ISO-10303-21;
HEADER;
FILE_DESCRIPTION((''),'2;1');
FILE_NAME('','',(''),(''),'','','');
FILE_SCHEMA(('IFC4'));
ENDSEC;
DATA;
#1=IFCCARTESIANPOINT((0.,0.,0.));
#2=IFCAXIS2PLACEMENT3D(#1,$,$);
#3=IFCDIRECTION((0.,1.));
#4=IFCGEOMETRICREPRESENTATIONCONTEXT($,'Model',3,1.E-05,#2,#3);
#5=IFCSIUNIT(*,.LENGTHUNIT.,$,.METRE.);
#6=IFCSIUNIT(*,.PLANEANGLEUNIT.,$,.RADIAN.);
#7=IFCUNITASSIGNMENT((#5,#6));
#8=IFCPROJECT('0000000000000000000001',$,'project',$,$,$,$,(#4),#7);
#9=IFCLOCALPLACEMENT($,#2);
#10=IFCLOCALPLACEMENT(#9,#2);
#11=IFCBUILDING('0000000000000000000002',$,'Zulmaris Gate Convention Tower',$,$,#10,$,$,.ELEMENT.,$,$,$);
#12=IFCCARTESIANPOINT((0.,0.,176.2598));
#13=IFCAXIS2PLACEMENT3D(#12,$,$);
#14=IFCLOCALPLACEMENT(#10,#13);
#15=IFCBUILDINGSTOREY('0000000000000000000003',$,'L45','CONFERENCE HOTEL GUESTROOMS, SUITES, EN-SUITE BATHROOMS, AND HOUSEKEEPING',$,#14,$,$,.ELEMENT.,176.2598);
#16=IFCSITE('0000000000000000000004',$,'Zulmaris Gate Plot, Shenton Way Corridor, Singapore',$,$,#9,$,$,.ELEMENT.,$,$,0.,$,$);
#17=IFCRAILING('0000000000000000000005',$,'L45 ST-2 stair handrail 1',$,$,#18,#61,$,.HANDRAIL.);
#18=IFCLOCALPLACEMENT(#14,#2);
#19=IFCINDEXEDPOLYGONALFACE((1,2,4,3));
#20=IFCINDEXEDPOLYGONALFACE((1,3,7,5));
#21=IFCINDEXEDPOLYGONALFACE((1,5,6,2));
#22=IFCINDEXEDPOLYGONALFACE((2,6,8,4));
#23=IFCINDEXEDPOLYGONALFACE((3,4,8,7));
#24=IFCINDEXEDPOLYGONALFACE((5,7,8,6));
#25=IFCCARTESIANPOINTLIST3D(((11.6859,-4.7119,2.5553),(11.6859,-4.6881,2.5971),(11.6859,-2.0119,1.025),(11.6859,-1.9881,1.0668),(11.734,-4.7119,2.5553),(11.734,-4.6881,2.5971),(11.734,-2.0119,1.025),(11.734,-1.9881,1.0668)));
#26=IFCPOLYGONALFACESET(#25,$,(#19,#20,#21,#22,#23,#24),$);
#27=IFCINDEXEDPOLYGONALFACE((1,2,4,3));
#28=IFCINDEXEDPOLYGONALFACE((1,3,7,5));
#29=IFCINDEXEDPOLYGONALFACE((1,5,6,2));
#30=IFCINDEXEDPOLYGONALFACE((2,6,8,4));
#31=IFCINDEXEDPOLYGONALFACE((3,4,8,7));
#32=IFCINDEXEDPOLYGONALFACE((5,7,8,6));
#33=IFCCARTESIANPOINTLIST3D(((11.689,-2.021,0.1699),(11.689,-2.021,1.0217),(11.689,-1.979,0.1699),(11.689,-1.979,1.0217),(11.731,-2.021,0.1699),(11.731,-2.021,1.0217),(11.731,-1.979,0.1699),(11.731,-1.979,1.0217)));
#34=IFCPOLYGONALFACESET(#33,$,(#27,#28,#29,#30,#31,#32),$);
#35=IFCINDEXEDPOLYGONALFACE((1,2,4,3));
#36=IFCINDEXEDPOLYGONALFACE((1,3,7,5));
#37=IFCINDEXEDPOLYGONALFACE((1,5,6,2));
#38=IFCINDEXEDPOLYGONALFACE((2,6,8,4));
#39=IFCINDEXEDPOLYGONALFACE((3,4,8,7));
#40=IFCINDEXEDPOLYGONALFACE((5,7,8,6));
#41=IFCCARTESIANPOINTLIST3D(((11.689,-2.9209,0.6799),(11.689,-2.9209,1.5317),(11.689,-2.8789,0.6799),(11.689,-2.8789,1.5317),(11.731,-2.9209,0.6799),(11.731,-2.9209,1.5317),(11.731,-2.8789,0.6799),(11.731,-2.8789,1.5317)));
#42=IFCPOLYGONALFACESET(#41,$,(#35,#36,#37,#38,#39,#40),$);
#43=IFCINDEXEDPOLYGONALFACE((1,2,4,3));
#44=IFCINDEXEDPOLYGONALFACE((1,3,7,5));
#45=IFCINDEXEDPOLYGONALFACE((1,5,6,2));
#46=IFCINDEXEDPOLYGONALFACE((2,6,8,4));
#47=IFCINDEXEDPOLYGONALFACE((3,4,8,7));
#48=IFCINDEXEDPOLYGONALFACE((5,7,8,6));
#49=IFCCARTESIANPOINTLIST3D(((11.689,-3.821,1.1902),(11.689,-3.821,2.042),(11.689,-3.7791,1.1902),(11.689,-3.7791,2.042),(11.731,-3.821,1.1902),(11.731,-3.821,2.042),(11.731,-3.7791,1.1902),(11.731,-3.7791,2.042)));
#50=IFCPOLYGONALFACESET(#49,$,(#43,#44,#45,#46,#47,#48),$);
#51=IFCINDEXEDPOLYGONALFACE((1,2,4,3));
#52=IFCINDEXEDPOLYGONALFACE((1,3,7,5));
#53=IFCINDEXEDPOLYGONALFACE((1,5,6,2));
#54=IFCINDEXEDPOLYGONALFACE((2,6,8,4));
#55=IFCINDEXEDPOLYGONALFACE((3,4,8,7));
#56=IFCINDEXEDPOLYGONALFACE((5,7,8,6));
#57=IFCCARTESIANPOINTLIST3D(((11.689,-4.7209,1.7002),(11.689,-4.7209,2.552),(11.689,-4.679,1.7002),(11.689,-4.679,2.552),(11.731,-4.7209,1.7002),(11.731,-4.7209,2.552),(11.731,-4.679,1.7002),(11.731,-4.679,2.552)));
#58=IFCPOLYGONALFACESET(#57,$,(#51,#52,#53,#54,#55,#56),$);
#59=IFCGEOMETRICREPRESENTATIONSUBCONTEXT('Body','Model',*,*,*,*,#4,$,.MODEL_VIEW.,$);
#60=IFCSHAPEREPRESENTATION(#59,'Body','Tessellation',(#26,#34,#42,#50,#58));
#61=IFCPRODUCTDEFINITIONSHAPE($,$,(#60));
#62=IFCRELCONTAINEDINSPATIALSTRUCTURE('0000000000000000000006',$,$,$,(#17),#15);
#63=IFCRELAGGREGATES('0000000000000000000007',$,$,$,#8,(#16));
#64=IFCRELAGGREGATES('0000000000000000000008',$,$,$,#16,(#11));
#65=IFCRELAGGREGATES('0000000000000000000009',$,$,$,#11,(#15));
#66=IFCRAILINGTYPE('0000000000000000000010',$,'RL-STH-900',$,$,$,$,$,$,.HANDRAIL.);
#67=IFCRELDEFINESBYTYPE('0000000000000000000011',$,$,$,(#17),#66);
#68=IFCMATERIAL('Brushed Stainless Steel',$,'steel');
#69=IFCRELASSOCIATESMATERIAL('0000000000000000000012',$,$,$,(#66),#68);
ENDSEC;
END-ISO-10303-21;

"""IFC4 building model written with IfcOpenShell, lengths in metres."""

from ifc_helpers import new_model, si_unit, direction, frame, origin, origin_2d, place, context, subcontext, project, spatial, rectangle, extrude, material, type_object, element, save


model = new_model("IFC4")

# Units and contexts
model_context = context("Model", 3, precision=1e-05, world=origin(), true_north=direction((0.0, 1.0)))
body_context = subcontext(model_context, "Body", "Model", "MODEL_VIEW")
ifc_project = project(units=[si_unit("LENGTHUNIT", "METRE"), si_unit("PLANEANGLEUNIT", "RADIAN")], contexts=[model_context])

# Site, building, storey
site_placement = place(None, origin())
site = spatial("IfcSite", under=ifc_project, at=site_placement, Name="Zulmaris Gate Plot, Shenton Way Corridor, Singapore", CompositionType="ELEMENT", RefElevation=0.0)
building_placement = place(site_placement, origin())
building = spatial("IfcBuilding", under=site, at=building_placement, Name="Zulmaris Gate Convention Tower", CompositionType="ELEMENT")
storey_placement = place(building_placement, frame((0.0, 0.0, 176.2598)))
storey = spatial("IfcBuildingStorey", under=building, at=storey_placement, Name="L45", Description="CONFERENCE HOTEL GUESTROOMS, SUITES, EN-SUITE BATHROOMS, AND HOUSEKEEPING", CompositionType="ELEMENT", Elevation=176.2598)

# Railing
ifc_material_1 = material(Name="Brushed Stainless Steel", Category="steel")
railing_type = type_object("IfcRailingType", Name="RL-STH-900", PredefinedType="HANDRAIL", material=ifc_material_1)
railing_placement = place(storey_placement, frame((11.71, -2.0, 0.1699)))
element("IfcRailing", 1, at=railing_placement, inside=storey, type_object=railing_type, Name="L45 ST-2 stair handrail 1", PredefinedType="HANDRAIL", context=body_context, shape_type="SweptSolid", body=[
    extrude(rectangle(XDim=0.0481, YDim=0.0481, at=origin_2d()), frame((0.0, 0.0, 0.876), z_axis=(0.0, -0.869981, 0.493086), x_axis=(1.0, 0.0, 0.0)), (0.0, 0.0, 1.0), 3.1035),
    extrude(rectangle(XDim=0.042, YDim=0.042, at=origin_2d()), origin(), (0.0, 0.0, 1.0), 0.8518),
    extrude(rectangle(XDim=0.042, YDim=0.042, at=origin_2d()), frame((0.0, -0.8999, 0.51)), (0.0, 0.0, 1.0), 0.8518),
    extrude(rectangle(XDim=0.042, YDim=0.042, at=origin_2d()), frame((0.0, -1.8, 1.0203)), (0.0, 0.0, 1.0), 0.8518),
    extrude(rectangle(XDim=0.042, YDim=0.042, at=origin_2d()), frame((0.0, -2.7, 1.5303)), (0.0, 0.0, 1.0), 0.8518),
])

save(model, "model.ifc")
